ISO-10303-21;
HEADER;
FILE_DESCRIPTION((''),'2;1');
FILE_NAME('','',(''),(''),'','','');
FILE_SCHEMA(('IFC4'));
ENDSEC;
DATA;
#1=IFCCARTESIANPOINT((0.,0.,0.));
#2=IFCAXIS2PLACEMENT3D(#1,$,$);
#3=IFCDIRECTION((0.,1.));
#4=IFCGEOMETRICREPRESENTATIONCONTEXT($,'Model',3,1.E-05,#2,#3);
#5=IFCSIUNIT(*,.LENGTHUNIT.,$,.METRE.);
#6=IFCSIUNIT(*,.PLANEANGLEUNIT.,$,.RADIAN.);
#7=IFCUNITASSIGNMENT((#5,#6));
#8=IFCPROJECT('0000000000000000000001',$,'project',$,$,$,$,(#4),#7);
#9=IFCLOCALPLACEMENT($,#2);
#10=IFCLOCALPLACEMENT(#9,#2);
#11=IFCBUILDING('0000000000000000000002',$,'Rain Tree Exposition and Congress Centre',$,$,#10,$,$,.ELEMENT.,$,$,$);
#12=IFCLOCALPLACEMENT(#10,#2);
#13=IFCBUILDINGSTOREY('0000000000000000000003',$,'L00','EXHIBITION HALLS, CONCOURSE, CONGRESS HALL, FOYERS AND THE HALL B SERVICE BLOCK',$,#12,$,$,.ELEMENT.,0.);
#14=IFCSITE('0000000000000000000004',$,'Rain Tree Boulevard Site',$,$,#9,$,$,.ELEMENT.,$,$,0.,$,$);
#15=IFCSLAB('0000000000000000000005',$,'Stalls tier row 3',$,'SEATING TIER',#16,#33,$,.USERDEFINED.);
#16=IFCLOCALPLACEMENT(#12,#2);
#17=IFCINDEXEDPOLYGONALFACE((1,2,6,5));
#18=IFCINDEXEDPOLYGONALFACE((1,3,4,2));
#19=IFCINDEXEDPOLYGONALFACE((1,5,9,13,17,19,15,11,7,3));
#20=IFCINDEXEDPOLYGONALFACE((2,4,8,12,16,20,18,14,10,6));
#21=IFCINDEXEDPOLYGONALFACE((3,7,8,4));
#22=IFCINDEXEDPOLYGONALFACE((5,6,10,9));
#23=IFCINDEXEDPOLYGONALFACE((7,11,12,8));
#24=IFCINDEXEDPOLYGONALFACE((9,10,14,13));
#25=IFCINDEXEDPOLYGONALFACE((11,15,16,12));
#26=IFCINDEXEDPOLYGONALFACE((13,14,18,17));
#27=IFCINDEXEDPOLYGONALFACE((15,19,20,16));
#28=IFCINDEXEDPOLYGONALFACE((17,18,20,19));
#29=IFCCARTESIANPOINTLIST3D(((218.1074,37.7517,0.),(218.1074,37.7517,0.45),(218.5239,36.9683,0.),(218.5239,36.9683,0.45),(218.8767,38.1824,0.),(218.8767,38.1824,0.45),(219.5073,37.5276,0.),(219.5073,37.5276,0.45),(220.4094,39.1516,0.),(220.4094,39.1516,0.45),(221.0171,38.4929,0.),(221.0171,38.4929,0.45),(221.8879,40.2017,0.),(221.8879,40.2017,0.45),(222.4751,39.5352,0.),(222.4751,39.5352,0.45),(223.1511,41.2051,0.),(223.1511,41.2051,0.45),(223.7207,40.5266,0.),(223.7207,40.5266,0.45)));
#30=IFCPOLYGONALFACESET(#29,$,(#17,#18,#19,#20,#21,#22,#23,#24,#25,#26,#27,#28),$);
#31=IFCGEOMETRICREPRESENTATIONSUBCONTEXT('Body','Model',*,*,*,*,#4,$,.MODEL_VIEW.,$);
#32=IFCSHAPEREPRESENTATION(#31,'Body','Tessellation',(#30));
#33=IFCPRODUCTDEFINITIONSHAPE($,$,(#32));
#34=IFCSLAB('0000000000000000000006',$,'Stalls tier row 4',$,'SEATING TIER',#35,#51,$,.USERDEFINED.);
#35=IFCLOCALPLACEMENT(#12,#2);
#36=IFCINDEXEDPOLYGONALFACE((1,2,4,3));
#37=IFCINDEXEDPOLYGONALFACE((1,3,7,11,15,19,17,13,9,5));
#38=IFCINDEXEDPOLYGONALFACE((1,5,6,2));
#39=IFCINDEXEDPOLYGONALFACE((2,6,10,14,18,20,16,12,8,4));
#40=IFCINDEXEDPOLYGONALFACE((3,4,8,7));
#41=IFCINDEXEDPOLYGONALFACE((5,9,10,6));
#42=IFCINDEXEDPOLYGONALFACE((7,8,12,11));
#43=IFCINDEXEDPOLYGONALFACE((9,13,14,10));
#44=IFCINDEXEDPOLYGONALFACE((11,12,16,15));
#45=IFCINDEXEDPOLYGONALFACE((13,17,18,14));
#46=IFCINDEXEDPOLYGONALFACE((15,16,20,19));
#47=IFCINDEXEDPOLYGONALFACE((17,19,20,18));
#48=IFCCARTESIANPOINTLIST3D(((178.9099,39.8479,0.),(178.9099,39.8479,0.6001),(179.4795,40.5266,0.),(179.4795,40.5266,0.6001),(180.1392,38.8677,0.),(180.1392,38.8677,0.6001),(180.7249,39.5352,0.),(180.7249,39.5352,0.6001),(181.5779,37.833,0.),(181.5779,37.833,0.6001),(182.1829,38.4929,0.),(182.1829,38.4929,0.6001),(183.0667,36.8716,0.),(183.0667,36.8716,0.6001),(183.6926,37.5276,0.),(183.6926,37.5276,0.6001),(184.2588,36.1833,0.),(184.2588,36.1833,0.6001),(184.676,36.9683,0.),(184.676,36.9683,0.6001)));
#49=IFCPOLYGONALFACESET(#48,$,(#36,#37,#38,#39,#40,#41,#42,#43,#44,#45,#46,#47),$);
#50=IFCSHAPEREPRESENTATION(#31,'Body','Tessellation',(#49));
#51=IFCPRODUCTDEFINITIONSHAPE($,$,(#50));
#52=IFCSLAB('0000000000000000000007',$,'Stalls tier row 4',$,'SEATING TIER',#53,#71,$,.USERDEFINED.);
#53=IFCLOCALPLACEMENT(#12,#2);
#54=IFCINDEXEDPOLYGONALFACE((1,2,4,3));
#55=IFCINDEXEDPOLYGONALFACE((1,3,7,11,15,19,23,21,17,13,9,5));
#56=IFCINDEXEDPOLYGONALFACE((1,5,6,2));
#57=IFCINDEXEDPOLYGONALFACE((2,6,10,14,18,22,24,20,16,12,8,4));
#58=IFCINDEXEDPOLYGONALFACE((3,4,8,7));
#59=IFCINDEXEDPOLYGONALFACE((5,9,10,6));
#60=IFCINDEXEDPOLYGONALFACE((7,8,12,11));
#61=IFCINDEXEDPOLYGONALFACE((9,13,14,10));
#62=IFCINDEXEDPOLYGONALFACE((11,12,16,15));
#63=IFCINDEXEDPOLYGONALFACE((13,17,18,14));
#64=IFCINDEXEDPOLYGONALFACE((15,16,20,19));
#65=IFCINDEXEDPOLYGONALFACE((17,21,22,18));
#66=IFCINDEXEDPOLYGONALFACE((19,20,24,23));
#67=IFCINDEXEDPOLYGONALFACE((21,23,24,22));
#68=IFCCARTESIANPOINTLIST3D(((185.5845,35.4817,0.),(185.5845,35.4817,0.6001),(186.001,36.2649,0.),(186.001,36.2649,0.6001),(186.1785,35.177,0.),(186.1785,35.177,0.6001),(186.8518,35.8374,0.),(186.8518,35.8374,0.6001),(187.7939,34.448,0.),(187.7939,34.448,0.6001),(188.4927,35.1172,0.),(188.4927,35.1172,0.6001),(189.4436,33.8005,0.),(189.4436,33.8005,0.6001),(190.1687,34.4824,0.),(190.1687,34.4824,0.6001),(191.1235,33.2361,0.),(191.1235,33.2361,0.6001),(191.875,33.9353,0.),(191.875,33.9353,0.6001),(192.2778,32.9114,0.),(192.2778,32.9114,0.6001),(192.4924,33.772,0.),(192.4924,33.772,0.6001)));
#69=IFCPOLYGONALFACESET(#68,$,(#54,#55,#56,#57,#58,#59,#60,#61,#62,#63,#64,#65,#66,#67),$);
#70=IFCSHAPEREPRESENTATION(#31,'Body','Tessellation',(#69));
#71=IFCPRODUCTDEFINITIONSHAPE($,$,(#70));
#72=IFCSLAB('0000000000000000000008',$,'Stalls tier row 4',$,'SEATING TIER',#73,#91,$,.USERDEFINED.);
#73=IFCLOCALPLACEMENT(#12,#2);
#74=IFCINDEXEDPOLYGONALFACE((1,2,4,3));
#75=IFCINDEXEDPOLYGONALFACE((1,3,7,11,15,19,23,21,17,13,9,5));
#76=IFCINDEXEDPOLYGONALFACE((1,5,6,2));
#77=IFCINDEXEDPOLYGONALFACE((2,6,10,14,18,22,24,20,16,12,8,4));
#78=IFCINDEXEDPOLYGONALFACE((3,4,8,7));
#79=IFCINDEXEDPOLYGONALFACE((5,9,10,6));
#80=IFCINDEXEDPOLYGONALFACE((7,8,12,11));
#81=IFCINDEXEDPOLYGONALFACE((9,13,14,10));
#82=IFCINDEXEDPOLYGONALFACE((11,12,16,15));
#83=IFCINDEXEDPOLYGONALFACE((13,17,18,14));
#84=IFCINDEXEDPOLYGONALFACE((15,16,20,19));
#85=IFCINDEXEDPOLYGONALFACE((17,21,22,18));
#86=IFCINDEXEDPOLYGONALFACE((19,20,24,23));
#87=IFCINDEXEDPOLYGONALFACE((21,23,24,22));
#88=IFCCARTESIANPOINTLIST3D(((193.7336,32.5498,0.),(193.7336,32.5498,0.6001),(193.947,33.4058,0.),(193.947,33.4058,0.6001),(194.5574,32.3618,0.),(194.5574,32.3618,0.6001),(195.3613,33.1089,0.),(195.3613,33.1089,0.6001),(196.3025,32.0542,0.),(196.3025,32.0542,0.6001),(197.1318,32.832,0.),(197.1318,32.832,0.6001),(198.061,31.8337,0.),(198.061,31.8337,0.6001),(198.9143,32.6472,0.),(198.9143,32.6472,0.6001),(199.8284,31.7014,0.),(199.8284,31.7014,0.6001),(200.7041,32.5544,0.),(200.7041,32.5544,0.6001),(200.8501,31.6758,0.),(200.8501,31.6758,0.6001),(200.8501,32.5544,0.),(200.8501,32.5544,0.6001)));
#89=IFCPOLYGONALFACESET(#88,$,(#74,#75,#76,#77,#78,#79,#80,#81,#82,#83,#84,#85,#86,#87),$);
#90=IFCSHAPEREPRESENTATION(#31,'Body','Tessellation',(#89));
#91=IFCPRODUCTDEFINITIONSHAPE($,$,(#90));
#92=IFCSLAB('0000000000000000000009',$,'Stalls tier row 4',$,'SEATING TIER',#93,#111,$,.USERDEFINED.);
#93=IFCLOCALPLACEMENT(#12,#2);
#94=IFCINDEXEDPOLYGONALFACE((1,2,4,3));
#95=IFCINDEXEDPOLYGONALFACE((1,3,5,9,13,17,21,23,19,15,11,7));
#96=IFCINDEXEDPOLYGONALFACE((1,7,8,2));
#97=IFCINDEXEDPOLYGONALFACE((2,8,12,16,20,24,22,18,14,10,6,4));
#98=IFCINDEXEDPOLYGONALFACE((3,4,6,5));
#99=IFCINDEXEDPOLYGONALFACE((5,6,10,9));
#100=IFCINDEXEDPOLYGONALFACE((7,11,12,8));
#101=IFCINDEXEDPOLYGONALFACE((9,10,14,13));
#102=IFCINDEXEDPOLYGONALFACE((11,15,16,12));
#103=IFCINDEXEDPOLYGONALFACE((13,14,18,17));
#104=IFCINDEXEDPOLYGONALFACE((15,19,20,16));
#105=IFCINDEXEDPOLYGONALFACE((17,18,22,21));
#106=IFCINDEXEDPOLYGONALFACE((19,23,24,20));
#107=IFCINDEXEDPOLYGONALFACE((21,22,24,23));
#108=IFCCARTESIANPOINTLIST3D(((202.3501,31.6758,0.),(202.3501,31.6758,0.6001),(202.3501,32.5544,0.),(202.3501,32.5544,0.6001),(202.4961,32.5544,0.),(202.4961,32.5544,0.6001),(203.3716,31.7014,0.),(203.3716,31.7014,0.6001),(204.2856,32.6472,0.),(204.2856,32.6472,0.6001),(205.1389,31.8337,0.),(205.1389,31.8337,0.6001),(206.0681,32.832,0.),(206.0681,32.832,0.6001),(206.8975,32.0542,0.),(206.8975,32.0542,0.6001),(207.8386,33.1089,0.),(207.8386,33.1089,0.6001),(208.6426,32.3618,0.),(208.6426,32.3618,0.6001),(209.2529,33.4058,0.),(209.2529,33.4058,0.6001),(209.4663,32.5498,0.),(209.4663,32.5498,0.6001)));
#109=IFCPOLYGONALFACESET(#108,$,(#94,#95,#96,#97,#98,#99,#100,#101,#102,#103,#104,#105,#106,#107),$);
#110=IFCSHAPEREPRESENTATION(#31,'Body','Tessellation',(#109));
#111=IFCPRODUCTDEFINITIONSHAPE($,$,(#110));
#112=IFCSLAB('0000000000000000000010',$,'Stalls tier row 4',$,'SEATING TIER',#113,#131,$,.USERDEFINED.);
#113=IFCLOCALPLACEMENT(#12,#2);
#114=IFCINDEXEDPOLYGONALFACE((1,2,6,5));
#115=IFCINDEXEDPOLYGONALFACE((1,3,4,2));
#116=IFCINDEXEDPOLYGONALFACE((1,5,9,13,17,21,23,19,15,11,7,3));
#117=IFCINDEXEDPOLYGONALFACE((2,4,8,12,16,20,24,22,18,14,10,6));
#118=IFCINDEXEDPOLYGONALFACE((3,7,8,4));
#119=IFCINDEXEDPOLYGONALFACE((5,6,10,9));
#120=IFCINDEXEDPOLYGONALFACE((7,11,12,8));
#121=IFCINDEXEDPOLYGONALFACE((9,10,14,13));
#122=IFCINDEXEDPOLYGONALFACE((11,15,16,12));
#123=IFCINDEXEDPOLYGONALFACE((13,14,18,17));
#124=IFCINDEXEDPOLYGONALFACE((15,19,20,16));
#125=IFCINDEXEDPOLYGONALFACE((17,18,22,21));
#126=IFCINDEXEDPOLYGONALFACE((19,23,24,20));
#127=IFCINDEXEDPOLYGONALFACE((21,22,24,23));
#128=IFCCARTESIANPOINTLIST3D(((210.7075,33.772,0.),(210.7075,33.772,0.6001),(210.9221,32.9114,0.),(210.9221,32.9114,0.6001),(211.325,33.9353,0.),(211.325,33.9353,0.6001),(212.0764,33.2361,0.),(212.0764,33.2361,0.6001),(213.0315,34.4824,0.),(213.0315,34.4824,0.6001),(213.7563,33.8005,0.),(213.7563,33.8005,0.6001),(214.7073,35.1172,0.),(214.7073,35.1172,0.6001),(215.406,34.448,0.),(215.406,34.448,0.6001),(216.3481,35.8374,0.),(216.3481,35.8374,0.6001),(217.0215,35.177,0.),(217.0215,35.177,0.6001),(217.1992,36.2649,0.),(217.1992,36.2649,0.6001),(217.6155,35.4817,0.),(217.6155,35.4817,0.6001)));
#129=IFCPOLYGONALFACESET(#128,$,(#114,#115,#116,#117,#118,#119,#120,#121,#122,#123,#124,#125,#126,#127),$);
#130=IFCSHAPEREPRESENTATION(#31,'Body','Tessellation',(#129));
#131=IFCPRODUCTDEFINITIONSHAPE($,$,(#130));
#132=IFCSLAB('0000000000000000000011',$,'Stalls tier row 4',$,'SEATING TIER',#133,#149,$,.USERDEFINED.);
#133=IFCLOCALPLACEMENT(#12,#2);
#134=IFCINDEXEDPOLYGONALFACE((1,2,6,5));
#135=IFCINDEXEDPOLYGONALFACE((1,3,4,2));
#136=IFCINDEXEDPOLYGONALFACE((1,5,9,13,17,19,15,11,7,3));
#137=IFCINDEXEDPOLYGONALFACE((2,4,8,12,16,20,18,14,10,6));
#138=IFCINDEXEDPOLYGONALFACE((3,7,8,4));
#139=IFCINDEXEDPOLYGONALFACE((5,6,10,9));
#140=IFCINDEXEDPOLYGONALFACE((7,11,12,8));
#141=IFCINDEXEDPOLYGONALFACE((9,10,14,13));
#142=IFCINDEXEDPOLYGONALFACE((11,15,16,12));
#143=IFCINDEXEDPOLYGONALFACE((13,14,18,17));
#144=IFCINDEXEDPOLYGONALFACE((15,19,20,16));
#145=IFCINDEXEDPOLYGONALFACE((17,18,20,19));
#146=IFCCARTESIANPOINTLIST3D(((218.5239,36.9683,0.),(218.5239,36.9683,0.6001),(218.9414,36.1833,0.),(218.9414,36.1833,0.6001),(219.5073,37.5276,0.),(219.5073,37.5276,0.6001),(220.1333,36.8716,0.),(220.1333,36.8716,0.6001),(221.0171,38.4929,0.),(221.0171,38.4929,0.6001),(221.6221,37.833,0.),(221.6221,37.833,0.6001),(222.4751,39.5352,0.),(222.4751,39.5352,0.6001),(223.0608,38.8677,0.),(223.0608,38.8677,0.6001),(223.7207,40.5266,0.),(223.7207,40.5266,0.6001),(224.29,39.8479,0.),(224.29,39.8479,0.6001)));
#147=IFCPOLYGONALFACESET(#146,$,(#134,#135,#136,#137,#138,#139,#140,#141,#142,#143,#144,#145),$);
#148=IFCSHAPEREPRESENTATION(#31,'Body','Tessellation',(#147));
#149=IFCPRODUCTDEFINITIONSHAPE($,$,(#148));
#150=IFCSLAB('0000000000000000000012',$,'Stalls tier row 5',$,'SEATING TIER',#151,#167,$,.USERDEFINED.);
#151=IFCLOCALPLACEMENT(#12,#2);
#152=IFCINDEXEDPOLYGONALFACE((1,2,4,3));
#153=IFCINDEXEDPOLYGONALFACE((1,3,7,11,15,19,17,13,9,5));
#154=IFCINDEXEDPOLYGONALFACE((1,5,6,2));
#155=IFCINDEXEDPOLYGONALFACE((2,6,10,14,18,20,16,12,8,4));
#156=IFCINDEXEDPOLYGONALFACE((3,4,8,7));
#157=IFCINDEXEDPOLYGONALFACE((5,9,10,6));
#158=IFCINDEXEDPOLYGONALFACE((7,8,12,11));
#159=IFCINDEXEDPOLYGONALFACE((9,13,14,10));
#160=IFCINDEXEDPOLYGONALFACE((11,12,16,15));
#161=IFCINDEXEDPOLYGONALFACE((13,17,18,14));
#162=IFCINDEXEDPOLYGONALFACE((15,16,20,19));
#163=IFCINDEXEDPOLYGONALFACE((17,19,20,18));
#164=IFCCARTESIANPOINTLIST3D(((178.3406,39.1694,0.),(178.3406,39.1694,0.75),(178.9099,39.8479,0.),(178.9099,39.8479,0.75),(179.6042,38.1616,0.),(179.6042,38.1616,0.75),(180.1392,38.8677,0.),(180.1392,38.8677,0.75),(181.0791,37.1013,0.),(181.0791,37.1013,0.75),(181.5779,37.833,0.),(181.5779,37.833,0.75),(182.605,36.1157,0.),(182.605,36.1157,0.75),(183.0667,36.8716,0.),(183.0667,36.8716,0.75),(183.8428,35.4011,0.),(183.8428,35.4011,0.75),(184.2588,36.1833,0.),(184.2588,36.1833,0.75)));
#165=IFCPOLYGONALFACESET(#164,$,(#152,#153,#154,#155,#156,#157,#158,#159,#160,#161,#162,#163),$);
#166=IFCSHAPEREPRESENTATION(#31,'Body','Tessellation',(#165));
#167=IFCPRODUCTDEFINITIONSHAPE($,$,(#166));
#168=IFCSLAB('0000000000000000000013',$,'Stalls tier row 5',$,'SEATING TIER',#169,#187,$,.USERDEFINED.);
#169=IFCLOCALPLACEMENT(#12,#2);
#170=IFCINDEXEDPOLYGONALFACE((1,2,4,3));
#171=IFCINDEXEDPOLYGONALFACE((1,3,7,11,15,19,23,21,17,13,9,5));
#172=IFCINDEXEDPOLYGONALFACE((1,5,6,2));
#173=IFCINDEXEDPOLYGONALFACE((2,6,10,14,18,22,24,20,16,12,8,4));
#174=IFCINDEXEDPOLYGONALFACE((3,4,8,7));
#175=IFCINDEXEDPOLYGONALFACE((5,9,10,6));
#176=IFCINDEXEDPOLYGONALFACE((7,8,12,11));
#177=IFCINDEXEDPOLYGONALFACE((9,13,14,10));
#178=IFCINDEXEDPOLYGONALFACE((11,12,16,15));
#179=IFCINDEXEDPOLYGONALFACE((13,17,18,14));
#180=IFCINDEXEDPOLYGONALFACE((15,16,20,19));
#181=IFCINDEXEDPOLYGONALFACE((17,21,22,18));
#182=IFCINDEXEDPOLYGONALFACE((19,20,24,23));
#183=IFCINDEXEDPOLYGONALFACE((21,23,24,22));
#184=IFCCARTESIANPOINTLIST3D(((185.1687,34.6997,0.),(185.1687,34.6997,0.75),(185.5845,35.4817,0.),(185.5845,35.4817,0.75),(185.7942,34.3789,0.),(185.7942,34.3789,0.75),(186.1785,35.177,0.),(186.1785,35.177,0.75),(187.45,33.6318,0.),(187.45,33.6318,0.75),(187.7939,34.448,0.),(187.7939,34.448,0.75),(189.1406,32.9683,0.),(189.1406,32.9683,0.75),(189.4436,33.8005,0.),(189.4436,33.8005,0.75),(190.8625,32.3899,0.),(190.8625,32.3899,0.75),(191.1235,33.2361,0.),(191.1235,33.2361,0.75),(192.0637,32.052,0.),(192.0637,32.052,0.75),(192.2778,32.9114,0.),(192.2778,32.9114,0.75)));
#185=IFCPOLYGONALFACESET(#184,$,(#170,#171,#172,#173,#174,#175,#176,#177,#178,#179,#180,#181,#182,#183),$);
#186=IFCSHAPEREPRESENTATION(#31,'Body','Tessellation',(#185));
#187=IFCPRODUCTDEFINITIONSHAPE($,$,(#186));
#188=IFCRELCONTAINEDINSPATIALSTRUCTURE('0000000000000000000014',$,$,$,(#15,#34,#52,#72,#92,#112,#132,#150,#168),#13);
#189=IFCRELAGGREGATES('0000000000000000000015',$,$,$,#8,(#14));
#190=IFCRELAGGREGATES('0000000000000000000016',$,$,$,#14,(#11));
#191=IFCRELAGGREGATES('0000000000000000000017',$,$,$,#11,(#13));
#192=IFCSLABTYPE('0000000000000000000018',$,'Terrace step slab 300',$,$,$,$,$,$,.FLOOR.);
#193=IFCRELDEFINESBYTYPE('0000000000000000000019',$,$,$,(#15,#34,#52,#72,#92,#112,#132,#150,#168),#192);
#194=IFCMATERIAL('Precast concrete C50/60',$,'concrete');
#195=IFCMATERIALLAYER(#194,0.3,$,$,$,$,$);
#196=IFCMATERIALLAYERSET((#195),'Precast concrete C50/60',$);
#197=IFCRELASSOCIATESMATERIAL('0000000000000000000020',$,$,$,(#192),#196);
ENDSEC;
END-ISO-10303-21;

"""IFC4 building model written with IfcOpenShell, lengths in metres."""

from ifc_helpers import new_model, si_unit, direction, origin, place, context, subcontext, project, spatial, polyline, outline, extrude, material, layer, layer_set, type_object, element, save


model = new_model("IFC4")

# Units and contexts
model_context = context("Model", 3, precision=1e-05, world=origin(), true_north=direction((0.0, 1.0)))
body_context = subcontext(model_context, "Body", "Model", "MODEL_VIEW")
ifc_project = project(units=[si_unit("LENGTHUNIT", "METRE"), si_unit("PLANEANGLEUNIT", "RADIAN")], contexts=[model_context])

# Site, building, storey
site_placement = place(None, origin())
site = spatial("IfcSite", under=ifc_project, at=site_placement, Name="Rain Tree Boulevard Site", CompositionType="ELEMENT", RefElevation=0.0)
building_placement = place(site_placement, origin())
building = spatial("IfcBuilding", under=site, at=building_placement, Name="Rain Tree Exposition and Congress Centre", CompositionType="ELEMENT")
storey_placement = place(building_placement, origin())
storey = spatial("IfcBuildingStorey", under=building, at=storey_placement, Name="L00", Description="EXHIBITION HALLS, CONCOURSE, CONGRESS HALL, FOYERS AND THE HALL B SERVICE BLOCK", CompositionType="ELEMENT", Elevation=0.0)

# Slabs
ifc_material = material(Name="Precast concrete C50/60", Category="concrete")
ifc_layer = layer(ifc_material, 0.3)
ifc_layer_set = layer_set([ifc_layer], Name="Precast concrete C50/60")
slab_type = type_object("IfcSlabType", Name="Terrace step slab 300", PredefinedType="FLOOR", material=ifc_layer_set)
slab_1_placement = place(storey_placement, origin())
element("IfcSlab", 1, at=slab_1_placement, inside=storey, type_object=slab_type, Name="Stalls tier row 3", ObjectType="SEATING TIER", PredefinedType="USERDEFINED", context=body_context, shape_type="SweptSolid", body=[
    extrude(outline(polyline([(221.0171, 38.4929), (222.4751, 39.5352), (223.7207, 40.5266), (223.1511, 41.2051), (221.8879, 40.2017), (220.4094, 39.1516), (218.8767, 38.1824), (218.1074, 37.7517), (218.5239, 36.9683), (219.5073, 37.5276), (221.0171, 38.4929)])), origin(), (0.0, 0.0, 1.0), 0.45),
])
slab_2_placement = place(storey_placement, origin())
element("IfcSlab", 2, at=slab_2_placement, inside=storey, type_object=slab_type, Name="Stalls tier row 4", ObjectType="SEATING TIER", PredefinedType="USERDEFINED", context=body_context, shape_type="SweptSolid", body=[
    extrude(outline(polyline([(183.0667, 36.8716), (184.2588, 36.1833), (184.676, 36.9683), (183.6926, 37.5276), (182.1829, 38.4929), (180.7249, 39.5352), (179.4795, 40.5266), (178.9099, 39.8479), (180.1392, 38.8677), (181.5779, 37.833), (183.0667, 36.8716)])), origin(), (0.0, 0.0, 1.0), 0.6001),
])
slab_3_placement = place(storey_placement, origin())
element("IfcSlab", 3, at=slab_3_placement, inside=storey, type_object=slab_type, Name="Stalls tier row 4", ObjectType="SEATING TIER", PredefinedType="USERDEFINED", context=body_context, shape_type="SweptSolid", body=[
    extrude(outline(polyline([(191.1235, 33.2361), (192.2778, 32.9114), (192.4924, 33.772), (191.875, 33.9353), (190.1687, 34.4824), (188.4927, 35.1172), (186.8518, 35.8374), (186.001, 36.2649), (185.5845, 35.4817), (186.1785, 35.177), (187.7939, 34.448), (189.4436, 33.8005), (191.1235, 33.2361)])), origin(), (0.0, 0.0, 1.0), 0.6001),
])
slab_4_placement = place(storey_placement, origin())
element("IfcSlab", 4, at=slab_4_placement, inside=storey, type_object=slab_type, Name="Stalls tier row 4", ObjectType="SEATING TIER", PredefinedType="USERDEFINED", context=body_context, shape_type="SweptSolid", body=[
    extrude(outline(polyline([(199.8284, 31.7014), (200.8501, 31.6758), (200.8501, 32.5544), (200.7041, 32.5544), (198.9143, 32.6472), (197.1318, 32.832), (195.3613, 33.1089), (193.947, 33.4058), (193.7336, 32.5498), (194.5574, 32.3618), (196.3025, 32.0542), (198.061, 31.8337), (199.8284, 31.7014)])), origin(), (0.0, 0.0, 1.0), 0.6001),
])
slab_5_placement = place(storey_placement, origin())
element("IfcSlab", 5, at=slab_5_placement, inside=storey, type_object=slab_type, Name="Stalls tier row 4", ObjectType="SEATING TIER", PredefinedType="USERDEFINED", context=body_context, shape_type="SweptSolid", body=[
    extrude(outline(polyline([(208.6426, 32.3618), (209.4663, 32.5498), (209.2529, 33.4058), (207.8386, 33.1089), (206.0681, 32.832), (204.2856, 32.6472), (202.4961, 32.5544), (202.3501, 32.5544), (202.3501, 31.6758), (203.3716, 31.7014), (205.1389, 31.8337), (206.8975, 32.0542), (208.6426, 32.3618)])), origin(), (0.0, 0.0, 1.0), 0.6001),
])
slab_6_placement = place(storey_placement, origin())
element("IfcSlab", 6, at=slab_6_placement, inside=storey, type_object=slab_type, Name="Stalls tier row 4", ObjectType="SEATING TIER", PredefinedType="USERDEFINED", context=body_context, shape_type="SweptSolid", body=[
    extrude(outline(polyline([(217.0215, 35.177), (217.6155, 35.4817), (217.1992, 36.2649), (216.3481, 35.8374), (214.7073, 35.1172), (213.0315, 34.4824), (211.325, 33.9353), (210.7075, 33.772), (210.9221, 32.9114), (212.0764, 33.2361), (213.7563, 33.8005), (215.406, 34.448), (217.0215, 35.177)])), origin(), (0.0, 0.0, 1.0), 0.6001),
])
slab_7_placement = place(storey_placement, origin())
element("IfcSlab", 7, at=slab_7_placement, inside=storey, type_object=slab_type, Name="Stalls tier row 4", ObjectType="SEATING TIER", PredefinedType="USERDEFINED", context=body_context, shape_type="SweptSolid", body=[
    extrude(outline(polyline([(221.6221, 37.833), (223.0608, 38.8677), (224.29, 39.8479), (223.7207, 40.5266), (222.4751, 39.5352), (221.0171, 38.4929), (219.5073, 37.5276), (218.5239, 36.9683), (218.9414, 36.1833), (220.1333, 36.8716), (221.6221, 37.833)])), origin(), (0.0, 0.0, 1.0), 0.6001),
])
slab_8_placement = place(storey_placement, origin())
element("IfcSlab", 8, at=slab_8_placement, inside=storey, type_object=slab_type, Name="Stalls tier row 5", ObjectType="SEATING TIER", PredefinedType="USERDEFINED", context=body_context, shape_type="SweptSolid", body=[
    extrude(outline(polyline([(182.605, 36.1157), (183.8428, 35.4011), (184.2588, 36.1833), (183.0667, 36.8716), (181.5779, 37.833), (180.1392, 38.8677), (178.9099, 39.8479), (178.3406, 39.1694), (179.6042, 38.1616), (181.0791, 37.1013), (182.605, 36.1157)])), origin(), (0.0, 0.0, 1.0), 0.75),
])
slab_9_placement = place(storey_placement, origin())
element("IfcSlab", 9, at=slab_9_placement, inside=storey, type_object=slab_type, Name="Stalls tier row 5", ObjectType="SEATING TIER", PredefinedType="USERDEFINED", context=body_context, shape_type="SweptSolid", body=[
    extrude(outline(polyline([(190.8625, 32.3899), (192.0637, 32.052), (192.2778, 32.9114), (191.1235, 33.2361), (189.4436, 33.8005), (187.7939, 34.448), (186.1785, 35.177), (185.5845, 35.4817), (185.1687, 34.6997), (185.7942, 34.3789), (187.45, 33.6318), (189.1406, 32.9683), (190.8625, 32.3899)])), origin(), (0.0, 0.0, 1.0), 0.75),
])

save(model, "model.ifc")
